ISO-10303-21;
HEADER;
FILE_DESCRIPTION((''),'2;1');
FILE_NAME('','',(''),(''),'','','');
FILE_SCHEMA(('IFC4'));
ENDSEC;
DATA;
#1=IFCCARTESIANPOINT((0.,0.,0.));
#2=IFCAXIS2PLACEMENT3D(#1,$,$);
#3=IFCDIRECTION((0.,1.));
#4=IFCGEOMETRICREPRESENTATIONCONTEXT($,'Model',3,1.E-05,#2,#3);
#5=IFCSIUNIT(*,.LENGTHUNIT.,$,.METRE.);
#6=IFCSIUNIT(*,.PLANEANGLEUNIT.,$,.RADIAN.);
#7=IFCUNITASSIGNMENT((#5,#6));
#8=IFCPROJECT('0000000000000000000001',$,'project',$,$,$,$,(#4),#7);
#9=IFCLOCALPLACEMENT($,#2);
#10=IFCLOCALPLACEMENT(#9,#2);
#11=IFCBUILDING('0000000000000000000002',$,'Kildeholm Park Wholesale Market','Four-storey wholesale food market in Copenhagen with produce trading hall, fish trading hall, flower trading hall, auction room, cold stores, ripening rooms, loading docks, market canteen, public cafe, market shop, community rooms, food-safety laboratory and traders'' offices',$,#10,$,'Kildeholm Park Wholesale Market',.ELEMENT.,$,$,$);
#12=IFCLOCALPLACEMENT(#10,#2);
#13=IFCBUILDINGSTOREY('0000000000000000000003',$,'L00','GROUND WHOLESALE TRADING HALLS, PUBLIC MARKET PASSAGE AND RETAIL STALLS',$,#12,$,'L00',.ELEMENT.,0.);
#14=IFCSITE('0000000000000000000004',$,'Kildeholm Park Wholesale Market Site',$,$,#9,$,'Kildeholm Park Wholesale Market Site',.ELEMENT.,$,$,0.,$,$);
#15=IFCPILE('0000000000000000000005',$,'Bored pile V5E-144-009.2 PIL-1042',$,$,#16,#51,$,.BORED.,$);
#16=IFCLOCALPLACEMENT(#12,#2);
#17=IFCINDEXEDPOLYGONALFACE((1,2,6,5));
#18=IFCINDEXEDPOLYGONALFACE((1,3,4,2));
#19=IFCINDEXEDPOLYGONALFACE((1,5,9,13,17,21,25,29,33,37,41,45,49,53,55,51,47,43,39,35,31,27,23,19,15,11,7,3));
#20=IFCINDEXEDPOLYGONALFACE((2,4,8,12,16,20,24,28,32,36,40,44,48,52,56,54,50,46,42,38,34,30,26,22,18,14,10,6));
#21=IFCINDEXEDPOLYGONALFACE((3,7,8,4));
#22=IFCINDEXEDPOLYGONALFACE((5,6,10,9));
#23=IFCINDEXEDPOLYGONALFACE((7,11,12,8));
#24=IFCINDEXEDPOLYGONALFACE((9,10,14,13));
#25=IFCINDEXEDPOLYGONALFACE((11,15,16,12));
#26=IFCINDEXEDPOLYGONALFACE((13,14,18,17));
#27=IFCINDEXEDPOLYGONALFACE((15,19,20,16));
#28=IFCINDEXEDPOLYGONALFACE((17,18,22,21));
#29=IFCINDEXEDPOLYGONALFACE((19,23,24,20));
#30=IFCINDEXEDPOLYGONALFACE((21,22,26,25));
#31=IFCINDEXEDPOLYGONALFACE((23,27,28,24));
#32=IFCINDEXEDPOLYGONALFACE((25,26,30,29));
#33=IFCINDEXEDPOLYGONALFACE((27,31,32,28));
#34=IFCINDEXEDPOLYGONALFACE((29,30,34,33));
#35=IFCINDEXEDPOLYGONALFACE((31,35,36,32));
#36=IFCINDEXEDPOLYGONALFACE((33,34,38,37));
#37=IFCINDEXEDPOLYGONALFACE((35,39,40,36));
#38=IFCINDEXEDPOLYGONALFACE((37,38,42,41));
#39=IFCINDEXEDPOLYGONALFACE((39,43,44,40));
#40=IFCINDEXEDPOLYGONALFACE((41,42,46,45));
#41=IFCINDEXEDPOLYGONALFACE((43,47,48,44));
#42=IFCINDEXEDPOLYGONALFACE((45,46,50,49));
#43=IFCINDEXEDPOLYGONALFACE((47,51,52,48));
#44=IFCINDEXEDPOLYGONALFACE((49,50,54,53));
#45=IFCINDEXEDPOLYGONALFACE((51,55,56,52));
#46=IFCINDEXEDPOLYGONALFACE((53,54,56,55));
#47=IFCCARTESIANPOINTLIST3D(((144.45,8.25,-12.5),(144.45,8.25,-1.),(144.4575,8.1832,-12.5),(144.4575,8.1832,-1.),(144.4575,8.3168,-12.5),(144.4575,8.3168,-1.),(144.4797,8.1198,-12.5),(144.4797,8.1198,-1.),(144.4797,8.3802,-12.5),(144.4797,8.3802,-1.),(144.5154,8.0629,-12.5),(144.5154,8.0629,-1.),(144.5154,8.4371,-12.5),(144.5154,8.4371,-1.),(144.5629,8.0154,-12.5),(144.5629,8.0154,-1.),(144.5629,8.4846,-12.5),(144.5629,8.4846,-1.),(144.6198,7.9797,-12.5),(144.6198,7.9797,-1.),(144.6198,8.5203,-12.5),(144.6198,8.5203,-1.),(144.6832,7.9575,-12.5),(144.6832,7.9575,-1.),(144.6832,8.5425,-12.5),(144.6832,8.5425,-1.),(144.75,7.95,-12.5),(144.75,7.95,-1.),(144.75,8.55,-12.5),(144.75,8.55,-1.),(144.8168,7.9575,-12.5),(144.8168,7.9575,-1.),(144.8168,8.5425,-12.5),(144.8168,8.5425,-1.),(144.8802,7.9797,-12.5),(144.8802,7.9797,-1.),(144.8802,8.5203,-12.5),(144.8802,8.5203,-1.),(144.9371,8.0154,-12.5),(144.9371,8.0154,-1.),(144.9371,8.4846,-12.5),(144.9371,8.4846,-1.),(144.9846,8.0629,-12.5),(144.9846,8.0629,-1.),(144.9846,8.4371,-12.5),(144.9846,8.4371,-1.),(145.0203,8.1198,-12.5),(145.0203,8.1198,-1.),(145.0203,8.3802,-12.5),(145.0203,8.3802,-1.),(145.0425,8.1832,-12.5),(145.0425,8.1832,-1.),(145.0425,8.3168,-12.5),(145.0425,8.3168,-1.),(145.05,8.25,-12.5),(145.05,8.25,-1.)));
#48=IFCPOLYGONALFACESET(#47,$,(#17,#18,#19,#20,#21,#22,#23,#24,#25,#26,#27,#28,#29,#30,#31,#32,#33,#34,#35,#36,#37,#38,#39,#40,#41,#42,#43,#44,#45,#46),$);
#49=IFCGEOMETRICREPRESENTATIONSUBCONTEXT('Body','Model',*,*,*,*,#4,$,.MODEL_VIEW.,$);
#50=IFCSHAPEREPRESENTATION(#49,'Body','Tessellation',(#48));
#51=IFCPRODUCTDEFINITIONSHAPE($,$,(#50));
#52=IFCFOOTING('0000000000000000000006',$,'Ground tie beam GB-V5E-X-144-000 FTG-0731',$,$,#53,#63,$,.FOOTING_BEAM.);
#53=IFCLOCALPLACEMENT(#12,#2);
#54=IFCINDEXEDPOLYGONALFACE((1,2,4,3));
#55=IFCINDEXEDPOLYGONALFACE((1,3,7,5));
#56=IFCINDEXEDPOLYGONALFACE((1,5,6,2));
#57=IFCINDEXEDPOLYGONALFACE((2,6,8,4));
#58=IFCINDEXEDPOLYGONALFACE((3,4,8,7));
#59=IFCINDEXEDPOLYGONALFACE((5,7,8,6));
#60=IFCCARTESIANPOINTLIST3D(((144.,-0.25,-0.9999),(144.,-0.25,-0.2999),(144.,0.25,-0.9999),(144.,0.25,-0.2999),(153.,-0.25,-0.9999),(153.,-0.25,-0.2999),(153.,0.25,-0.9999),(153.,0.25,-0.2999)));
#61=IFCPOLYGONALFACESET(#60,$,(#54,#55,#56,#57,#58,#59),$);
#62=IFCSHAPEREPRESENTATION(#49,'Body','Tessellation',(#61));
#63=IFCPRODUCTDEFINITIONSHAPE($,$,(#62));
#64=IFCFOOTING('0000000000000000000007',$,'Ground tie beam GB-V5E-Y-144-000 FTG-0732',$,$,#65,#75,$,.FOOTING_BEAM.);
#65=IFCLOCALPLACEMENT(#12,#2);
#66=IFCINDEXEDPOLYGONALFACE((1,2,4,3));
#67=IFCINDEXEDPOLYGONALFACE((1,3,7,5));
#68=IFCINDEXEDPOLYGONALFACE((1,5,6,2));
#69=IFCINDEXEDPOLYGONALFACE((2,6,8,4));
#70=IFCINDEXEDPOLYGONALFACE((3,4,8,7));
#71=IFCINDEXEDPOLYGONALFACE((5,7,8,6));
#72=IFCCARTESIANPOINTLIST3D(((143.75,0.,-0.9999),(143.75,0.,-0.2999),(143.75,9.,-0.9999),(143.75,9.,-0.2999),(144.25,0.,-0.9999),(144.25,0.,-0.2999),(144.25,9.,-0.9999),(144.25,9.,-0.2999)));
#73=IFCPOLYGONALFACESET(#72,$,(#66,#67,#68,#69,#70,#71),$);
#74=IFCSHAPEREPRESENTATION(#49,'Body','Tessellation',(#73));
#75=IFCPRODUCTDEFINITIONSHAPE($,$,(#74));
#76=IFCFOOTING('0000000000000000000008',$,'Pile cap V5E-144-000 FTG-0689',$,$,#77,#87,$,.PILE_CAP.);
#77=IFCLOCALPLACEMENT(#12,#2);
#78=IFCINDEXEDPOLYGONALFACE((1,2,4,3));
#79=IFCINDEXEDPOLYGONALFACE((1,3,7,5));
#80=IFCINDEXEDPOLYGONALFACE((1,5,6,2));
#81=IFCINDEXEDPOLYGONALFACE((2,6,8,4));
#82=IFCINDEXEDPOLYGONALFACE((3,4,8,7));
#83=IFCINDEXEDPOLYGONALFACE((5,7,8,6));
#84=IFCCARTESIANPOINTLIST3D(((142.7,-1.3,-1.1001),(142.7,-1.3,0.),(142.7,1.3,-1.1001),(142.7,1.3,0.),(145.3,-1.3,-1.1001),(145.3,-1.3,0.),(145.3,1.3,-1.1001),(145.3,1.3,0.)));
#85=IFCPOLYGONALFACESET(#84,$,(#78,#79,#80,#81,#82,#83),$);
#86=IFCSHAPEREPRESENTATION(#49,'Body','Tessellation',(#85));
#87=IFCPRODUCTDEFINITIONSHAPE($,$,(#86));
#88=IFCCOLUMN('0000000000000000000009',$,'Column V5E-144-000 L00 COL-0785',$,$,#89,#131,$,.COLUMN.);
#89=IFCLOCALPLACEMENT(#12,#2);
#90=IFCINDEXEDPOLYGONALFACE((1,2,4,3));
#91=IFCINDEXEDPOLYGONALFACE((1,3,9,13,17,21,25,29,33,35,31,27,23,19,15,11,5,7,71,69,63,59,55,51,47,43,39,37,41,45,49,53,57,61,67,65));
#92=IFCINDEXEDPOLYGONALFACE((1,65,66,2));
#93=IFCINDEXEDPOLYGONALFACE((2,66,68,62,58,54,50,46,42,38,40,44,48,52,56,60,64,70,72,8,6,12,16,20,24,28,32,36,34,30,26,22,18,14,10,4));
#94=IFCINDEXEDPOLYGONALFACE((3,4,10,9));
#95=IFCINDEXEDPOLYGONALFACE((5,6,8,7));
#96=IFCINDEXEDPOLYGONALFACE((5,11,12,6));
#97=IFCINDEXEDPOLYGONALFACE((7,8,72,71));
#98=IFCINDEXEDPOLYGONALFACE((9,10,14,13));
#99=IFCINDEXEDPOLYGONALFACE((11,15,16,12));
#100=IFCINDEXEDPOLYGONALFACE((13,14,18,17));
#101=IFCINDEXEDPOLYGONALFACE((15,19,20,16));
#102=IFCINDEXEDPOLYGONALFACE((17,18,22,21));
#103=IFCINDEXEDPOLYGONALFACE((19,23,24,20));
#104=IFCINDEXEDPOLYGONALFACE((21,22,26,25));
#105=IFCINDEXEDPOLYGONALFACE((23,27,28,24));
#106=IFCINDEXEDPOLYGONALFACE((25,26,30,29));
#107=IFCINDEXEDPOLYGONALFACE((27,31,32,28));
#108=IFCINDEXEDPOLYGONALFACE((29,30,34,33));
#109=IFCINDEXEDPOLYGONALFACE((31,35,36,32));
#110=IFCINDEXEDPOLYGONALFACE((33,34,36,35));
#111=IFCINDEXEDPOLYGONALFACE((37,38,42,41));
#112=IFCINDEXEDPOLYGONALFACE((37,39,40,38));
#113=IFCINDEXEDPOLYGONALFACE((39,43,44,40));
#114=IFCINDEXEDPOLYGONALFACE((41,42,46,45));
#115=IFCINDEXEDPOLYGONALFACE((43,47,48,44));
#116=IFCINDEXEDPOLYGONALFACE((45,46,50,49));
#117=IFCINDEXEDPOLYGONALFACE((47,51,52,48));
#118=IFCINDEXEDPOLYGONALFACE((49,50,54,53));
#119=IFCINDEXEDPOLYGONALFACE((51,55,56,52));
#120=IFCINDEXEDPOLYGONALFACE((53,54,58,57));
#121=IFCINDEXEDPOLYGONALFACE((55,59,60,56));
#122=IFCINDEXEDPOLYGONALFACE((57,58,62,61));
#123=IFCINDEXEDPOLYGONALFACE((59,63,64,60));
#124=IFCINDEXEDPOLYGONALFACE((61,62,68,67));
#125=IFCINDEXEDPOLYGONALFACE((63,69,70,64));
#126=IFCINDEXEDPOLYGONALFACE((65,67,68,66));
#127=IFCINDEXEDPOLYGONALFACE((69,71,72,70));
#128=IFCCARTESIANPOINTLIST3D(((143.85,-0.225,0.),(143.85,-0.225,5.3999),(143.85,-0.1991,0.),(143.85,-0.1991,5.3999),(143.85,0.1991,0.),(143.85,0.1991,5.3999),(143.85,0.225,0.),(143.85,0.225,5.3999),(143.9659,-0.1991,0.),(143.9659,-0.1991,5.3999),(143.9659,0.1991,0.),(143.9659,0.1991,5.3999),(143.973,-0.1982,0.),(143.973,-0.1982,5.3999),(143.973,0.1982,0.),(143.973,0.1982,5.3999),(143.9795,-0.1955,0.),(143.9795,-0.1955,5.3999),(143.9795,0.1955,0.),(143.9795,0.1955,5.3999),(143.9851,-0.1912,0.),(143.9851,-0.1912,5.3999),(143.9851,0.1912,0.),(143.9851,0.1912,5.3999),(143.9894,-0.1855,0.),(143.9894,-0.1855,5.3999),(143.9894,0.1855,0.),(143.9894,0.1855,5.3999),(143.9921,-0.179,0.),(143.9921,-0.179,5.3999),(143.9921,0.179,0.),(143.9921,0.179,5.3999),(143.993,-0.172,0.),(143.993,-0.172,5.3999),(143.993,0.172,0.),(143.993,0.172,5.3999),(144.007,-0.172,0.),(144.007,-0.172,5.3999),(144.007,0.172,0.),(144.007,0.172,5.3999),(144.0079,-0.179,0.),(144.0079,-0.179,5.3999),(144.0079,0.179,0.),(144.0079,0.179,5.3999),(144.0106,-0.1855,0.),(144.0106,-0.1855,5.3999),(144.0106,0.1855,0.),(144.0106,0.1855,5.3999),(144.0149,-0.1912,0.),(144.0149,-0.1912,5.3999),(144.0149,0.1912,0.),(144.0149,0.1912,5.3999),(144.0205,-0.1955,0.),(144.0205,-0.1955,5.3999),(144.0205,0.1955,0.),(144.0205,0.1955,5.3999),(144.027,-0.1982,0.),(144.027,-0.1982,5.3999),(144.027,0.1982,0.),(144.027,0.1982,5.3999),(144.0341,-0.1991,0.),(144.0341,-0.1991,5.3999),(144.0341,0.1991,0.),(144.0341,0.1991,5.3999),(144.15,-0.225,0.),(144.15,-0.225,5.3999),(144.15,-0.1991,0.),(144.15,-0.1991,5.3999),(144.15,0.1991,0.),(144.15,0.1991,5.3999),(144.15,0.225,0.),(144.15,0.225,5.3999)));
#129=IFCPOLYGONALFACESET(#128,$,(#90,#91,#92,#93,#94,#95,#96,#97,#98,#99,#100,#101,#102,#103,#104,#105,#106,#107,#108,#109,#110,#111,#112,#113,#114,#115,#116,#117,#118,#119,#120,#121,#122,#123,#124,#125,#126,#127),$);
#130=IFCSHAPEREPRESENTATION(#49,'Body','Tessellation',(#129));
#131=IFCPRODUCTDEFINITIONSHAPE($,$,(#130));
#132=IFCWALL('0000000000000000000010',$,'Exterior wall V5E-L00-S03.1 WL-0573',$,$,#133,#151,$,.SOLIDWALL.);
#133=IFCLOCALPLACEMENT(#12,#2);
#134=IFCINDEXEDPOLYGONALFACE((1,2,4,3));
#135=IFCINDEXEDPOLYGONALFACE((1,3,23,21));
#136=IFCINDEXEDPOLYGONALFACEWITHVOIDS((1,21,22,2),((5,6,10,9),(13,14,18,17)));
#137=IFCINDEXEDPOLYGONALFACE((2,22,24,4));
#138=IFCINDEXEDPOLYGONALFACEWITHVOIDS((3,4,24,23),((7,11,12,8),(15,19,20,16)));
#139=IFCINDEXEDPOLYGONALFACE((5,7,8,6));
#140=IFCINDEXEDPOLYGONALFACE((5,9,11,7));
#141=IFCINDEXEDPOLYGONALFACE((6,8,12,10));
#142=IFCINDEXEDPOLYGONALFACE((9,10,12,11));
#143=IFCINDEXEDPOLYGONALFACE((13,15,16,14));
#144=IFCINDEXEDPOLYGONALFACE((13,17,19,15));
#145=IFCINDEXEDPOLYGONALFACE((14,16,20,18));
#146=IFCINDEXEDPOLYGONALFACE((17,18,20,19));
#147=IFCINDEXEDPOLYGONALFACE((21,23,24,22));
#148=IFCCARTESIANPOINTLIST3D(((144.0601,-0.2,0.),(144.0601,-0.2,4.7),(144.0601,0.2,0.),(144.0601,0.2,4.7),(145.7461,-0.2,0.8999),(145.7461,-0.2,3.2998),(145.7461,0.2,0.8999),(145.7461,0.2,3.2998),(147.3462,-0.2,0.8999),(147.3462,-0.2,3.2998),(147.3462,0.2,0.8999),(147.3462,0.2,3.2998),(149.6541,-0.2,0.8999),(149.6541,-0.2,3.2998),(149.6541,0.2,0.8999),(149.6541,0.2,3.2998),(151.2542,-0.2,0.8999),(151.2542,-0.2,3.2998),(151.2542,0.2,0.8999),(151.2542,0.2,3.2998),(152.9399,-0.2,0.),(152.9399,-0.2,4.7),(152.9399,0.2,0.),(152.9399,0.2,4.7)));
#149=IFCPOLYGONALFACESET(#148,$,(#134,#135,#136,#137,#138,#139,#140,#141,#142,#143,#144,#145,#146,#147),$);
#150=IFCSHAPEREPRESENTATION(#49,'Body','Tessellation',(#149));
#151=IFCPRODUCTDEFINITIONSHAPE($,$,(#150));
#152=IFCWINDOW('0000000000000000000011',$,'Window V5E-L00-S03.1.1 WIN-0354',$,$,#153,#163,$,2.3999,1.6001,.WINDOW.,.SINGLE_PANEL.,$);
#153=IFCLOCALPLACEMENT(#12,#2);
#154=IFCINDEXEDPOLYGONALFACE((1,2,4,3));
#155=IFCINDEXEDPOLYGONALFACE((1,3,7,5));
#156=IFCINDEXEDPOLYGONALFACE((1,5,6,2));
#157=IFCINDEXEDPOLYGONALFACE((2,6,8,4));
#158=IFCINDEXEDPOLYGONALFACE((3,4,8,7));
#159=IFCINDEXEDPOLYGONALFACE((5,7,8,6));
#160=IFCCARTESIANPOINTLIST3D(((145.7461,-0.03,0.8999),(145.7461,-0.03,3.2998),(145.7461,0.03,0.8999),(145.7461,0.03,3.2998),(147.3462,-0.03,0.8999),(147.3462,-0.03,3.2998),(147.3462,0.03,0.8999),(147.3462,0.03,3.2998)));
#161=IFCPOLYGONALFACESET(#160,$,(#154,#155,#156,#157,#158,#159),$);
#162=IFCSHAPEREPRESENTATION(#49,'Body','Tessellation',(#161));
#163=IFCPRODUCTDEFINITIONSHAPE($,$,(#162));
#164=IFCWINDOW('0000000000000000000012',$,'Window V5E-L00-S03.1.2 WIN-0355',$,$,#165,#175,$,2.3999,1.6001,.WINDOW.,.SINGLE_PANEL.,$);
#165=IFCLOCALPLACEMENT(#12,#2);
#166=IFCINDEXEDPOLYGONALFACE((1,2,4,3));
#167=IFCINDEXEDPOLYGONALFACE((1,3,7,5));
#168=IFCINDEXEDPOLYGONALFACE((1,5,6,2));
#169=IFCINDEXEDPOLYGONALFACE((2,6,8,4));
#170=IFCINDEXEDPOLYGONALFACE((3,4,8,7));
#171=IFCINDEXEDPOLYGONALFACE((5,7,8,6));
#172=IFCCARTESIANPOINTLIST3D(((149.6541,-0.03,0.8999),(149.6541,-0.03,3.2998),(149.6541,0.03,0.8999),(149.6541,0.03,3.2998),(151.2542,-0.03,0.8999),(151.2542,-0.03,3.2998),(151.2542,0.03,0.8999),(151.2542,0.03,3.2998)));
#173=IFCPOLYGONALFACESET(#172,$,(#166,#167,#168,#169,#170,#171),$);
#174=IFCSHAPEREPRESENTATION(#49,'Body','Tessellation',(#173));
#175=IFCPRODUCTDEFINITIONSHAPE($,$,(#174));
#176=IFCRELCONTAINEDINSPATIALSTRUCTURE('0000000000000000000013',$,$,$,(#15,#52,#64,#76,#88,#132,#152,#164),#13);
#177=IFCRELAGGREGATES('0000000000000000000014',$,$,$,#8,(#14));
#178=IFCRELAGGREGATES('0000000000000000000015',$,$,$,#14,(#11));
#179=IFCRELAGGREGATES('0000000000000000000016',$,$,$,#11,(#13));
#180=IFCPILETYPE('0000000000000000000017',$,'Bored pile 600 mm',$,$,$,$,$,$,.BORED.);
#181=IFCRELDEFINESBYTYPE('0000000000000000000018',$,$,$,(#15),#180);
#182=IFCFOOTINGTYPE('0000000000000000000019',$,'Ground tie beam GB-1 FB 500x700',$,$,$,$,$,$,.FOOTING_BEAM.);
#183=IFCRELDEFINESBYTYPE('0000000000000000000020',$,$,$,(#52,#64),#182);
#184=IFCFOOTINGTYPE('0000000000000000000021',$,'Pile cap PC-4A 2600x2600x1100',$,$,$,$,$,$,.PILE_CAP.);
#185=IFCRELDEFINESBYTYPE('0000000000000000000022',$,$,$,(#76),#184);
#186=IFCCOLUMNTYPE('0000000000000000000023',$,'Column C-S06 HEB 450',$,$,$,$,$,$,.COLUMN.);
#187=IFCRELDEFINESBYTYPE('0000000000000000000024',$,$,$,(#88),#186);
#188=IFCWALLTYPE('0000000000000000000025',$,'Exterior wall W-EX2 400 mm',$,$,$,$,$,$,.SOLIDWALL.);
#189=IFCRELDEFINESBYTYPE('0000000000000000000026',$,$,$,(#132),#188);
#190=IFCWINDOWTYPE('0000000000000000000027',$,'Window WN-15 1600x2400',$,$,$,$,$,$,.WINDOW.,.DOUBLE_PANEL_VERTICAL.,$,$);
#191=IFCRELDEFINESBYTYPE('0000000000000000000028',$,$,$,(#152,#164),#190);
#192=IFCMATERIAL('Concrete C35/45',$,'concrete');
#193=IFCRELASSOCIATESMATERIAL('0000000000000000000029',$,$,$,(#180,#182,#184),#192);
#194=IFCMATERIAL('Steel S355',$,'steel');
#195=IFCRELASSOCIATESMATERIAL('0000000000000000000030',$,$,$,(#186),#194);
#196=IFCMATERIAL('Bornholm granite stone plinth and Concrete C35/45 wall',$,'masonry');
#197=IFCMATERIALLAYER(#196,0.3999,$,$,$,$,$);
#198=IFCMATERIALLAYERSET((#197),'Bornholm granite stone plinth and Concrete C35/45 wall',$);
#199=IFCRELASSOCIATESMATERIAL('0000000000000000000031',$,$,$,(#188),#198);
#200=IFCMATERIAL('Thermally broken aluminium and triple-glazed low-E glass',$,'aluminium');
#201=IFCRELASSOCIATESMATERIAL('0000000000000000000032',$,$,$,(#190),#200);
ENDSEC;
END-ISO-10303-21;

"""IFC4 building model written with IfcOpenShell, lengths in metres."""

from ifc_helpers import new_model, si_unit, direction, frame, frame_2d, origin, origin_2d, place, context, subcontext, project, spatial, rectangle, circle, i_section, extrude, material, layer, layer_set, material_profile, profile_set, type_object, element, fill, save


model = new_model("IFC4")

# Units and contexts
model_context = context("Model", 3, precision=1e-05, world=origin(), true_north=direction((0.0, 1.0)))
body_context = subcontext(model_context, "Body", "Model", "MODEL_VIEW")
ifc_project = project(units=[si_unit("LENGTHUNIT", "METRE"), si_unit("PLANEANGLEUNIT", "RADIAN")], contexts=[model_context])

# Site, building, storey
site_placement = place(None, origin())
site = spatial("IfcSite", under=ifc_project, at=site_placement, Name="Kildeholm Park Wholesale Market Site", LongName="Kildeholm Park Wholesale Market Site", CompositionType="ELEMENT", RefElevation=0.0)
building_placement = place(site_placement, origin())
building = spatial("IfcBuilding", under=site, at=building_placement, Name="Kildeholm Park Wholesale Market", Description="Four-storey wholesale food market in Copenhagen with produce trading hall, fish trading hall, flower trading hall, auction room, cold stores, ripening rooms, loading docks, market canteen, public cafe, market shop, community rooms, food-safety laboratory and traders' offices", LongName="Kildeholm Park Wholesale Market", CompositionType="ELEMENT")
storey_placement = place(building_placement, origin())
storey = spatial("IfcBuildingStorey", under=building, at=storey_placement, Name="L00", Description="GROUND WHOLESALE TRADING HALLS, PUBLIC MARKET PASSAGE AND RETAIL STALLS", LongName="L00", CompositionType="ELEMENT", Elevation=0.0)

# Pile
ifc_material_1 = material(Name="Concrete C35/45", Category="concrete")
ifc_material_profile_1 = material_profile(ifc_material_1, circle(Radius=0.3, at=origin_2d()), Name="PILE D600")
ifc_profile_set_1 = profile_set([ifc_material_profile_1], Name="Concrete C35/45")
pile_type = type_object("IfcPileType", Name="Bored pile 600 mm", PredefinedType="BORED", material=ifc_profile_set_1)
for number, where, z_axis, x_axis, name in (
    (1, (144.75, 8.25, -1.0), (0.0, 0.0, -1.0), (1.0, 0.0, 0.0), "Bored pile V5E-144-009.2 PIL-1042"),
):
    element("IfcPile", number, at=place(storey_placement, frame(where, z_axis=z_axis, x_axis=x_axis)), inside=storey, type_object=pile_type, Name=name, PredefinedType="BORED", context=body_context, shape_type="SweptSolid", body=[
        extrude(circle(Radius=0.3, at=origin_2d()), origin(), (0.0, 0.0, 1.0), 11.5),
    ])

# Footings
ifc_material_profile_2 = material_profile(ifc_material_1, rectangle(XDim=0.5, YDim=0.7, at=origin_2d()), Name="FB 500x700")
ifc_profile_set_2 = profile_set([ifc_material_profile_2], Name="Concrete C35/45")
footing_type_1 = type_object("IfcFootingType", Name="Ground tie beam GB-1 FB 500x700", PredefinedType="FOOTING_BEAM", material=ifc_profile_set_2)
for number, where, z_axis, x_axis, name in (
    (2, (144.0, 0.0, -0.6499), (1.0, 0.0, 0.0), (0.0, 1.0, 0.0), "Ground tie beam GB-V5E-X-144-000 FTG-0731"),
    (3, (144.0, 0.0, -0.6499), (0.0, 1.0, 0.0), (-1.0, 0.0, 0.0), "Ground tie beam GB-V5E-Y-144-000 FTG-0732"),
):
    element("IfcFooting", number, at=place(storey_placement, frame(where, z_axis=z_axis, x_axis=x_axis)), inside=storey, type_object=footing_type_1, Name=name, PredefinedType="FOOTING_BEAM", context=body_context, shape_type="SweptSolid", body=[
        extrude(rectangle(XDim=0.5, YDim=0.7, at=origin_2d()), origin(), (0.0, 0.0, 1.0), 9.0),
    ])
footing_type_2 = type_object("IfcFootingType", Name="Pile cap PC-4A 2600x2600x1100", PredefinedType="PILE_CAP", material=ifc_material_1)
footing_placement = place(storey_placement, frame((144.0, 0.0, -1.1001), z_axis=(0.0, 0.0, 1.0), x_axis=(1.0, 0.0, 0.0)))
element("IfcFooting", 4, at=footing_placement, inside=storey, type_object=footing_type_2, Name="Pile cap V5E-144-000 FTG-0689", PredefinedType="PILE_CAP", context=body_context, shape_type="SweptSolid", body=[
    extrude(rectangle(XDim=2.6001, YDim=2.6001, at=origin_2d()), origin(), (0.0, 0.0, 1.0), 1.1001),
])

# Column
ifc_material_2 = material(Name="Steel S355", Category="steel")
ifc_material_profile_3 = material_profile(ifc_material_2, i_section(OverallWidth=0.3, OverallDepth=0.45, WebThickness=0.0139, FlangeThickness=0.0259, FilletRadius=0.0271, at=origin_2d()), Name="HEB 450")
ifc_profile_set_3 = profile_set([ifc_material_profile_3], Name="Steel S355")
column_type = type_object("IfcColumnType", Name="Column C-S06 HEB 450", PredefinedType="COLUMN", material=ifc_profile_set_3)
column_placement = place(storey_placement, frame((144.0, 0.0, 0.0), z_axis=(0.0, 0.0, 1.0), x_axis=(1.0, 0.0, 0.0)))
element("IfcColumn", 5, at=column_placement, inside=storey, type_object=column_type, Name="Column V5E-144-000 L00 COL-0785", PredefinedType="COLUMN", context=body_context, shape_type="SweptSolid", body=[
    extrude(i_section(OverallWidth=0.3, OverallDepth=0.45, WebThickness=0.0139, FlangeThickness=0.0259, FilletRadius=0.0271, at=origin_2d()), origin(), (0.0, 0.0, 1.0), 5.3999),
])

# Wall, openings, windows
ifc_material_3 = material(Name="Bornholm granite stone plinth and Concrete C35/45 wall", Category="masonry")
ifc_layer_1 = layer(ifc_material_3, 0.3999)
ifc_layer_set_1 = layer_set([ifc_layer_1], Name="Bornholm granite stone plinth and Concrete C35/45 wall")
wall_type_1 = type_object("IfcWallType", Name="Exterior wall W-EX2 400 mm", PredefinedType="SOLIDWALL", material=ifc_layer_set_1)
wall_1_placement = place(storey_placement, frame((144.0601, 0.0, 0.0), z_axis=(0.0, 0.0, 1.0), x_axis=(1.0, 0.0, 0.0)))
wall_1 = element("IfcWall", 6, at=wall_1_placement, inside=storey, type_object=wall_type_1, Name="Exterior wall V5E-L00-S03.1 WL-0573", PredefinedType="SOLIDWALL", context=body_context, shape_type="SweptSolid", body=[
    extrude(rectangle(XDim=8.8799, YDim=0.3999, at=frame_2d((4.4399, 0.0))), origin(), (0.0, 0.0, 1.0), 4.7),
])
opening_1_placement = place(wall_1_placement, frame((1.686, 0.0, 0.8999)))
opening_1 = element("IfcOpeningElement", 7, at=opening_1_placement, cuts=wall_1, PredefinedType="OPENING", context=body_context, shape_type="SweptSolid", body=[
    extrude(rectangle(XDim=1.6001, YDim=2.3999, at=frame_2d((0.8, 1.2))), frame((0.0, 0.21, 0.0), z_axis=(0.0, -1.0, 0.0), x_axis=(1.0, 0.0, 0.0)), (0.0, 0.0, 1.0), 0.4199),
])
opening_2_placement = place(wall_1_placement, frame((5.594, 0.0, 0.8999)))
opening_2 = element("IfcOpeningElement", 8, at=opening_2_placement, cuts=wall_1, PredefinedType="OPENING", context=body_context, shape_type="SweptSolid", body=[
    extrude(rectangle(XDim=1.6001, YDim=2.3999, at=frame_2d((0.8, 1.2))), frame((0.0, 0.21, 0.0), z_axis=(0.0, -1.0, 0.0), x_axis=(1.0, 0.0, 0.0)), (0.0, 0.0, 1.0), 0.4199),
])
ifc_material_4 = material(Name="Thermally broken aluminium and triple-glazed low-E glass", Category="aluminium")
window_type = type_object("IfcWindowType", Name="Window WN-15 1600x2400", PartitioningType="DOUBLE_PANEL_VERTICAL", PredefinedType="WINDOW", material=ifc_material_4)
window_1_placement = place(opening_1_placement, origin())
window_1 = element("IfcWindow", 9, at=window_1_placement, inside=storey, type_object=window_type, Name="Window V5E-L00-S03.1.1 WIN-0354", OverallHeight=2.3999, OverallWidth=1.6001, PartitioningType="SINGLE_PANEL", PredefinedType="WINDOW", context=body_context, shape_type="SweptSolid", body=[
    extrude(rectangle(XDim=1.6001, YDim=2.3999, at=frame_2d((0.8, 1.2))), frame((0.0, 0.03, 0.0), z_axis=(0.0, -1.0, 0.0), x_axis=(1.0, 0.0, 0.0)), (0.0, 0.0, 1.0), 0.0601),
])
fill(opening_1, window_1)
window_2_placement = place(opening_2_placement, origin())
window_2 = element("IfcWindow", 10, at=window_2_placement, inside=storey, type_object=window_type, Name="Window V5E-L00-S03.1.2 WIN-0355", OverallHeight=2.3999, OverallWidth=1.6001, PartitioningType="SINGLE_PANEL", PredefinedType="WINDOW", context=body_context, shape_type="SweptSolid", body=[
    extrude(rectangle(XDim=1.6001, YDim=2.3999, at=frame_2d((0.8, 1.2))), frame((0.0, 0.03, 0.0), z_axis=(0.0, -1.0, 0.0), x_axis=(1.0, 0.0, 0.0)), (0.0, 0.0, 1.0), 0.0601),
])
fill(opening_2, window_2)

save(model, "model.ifc")
